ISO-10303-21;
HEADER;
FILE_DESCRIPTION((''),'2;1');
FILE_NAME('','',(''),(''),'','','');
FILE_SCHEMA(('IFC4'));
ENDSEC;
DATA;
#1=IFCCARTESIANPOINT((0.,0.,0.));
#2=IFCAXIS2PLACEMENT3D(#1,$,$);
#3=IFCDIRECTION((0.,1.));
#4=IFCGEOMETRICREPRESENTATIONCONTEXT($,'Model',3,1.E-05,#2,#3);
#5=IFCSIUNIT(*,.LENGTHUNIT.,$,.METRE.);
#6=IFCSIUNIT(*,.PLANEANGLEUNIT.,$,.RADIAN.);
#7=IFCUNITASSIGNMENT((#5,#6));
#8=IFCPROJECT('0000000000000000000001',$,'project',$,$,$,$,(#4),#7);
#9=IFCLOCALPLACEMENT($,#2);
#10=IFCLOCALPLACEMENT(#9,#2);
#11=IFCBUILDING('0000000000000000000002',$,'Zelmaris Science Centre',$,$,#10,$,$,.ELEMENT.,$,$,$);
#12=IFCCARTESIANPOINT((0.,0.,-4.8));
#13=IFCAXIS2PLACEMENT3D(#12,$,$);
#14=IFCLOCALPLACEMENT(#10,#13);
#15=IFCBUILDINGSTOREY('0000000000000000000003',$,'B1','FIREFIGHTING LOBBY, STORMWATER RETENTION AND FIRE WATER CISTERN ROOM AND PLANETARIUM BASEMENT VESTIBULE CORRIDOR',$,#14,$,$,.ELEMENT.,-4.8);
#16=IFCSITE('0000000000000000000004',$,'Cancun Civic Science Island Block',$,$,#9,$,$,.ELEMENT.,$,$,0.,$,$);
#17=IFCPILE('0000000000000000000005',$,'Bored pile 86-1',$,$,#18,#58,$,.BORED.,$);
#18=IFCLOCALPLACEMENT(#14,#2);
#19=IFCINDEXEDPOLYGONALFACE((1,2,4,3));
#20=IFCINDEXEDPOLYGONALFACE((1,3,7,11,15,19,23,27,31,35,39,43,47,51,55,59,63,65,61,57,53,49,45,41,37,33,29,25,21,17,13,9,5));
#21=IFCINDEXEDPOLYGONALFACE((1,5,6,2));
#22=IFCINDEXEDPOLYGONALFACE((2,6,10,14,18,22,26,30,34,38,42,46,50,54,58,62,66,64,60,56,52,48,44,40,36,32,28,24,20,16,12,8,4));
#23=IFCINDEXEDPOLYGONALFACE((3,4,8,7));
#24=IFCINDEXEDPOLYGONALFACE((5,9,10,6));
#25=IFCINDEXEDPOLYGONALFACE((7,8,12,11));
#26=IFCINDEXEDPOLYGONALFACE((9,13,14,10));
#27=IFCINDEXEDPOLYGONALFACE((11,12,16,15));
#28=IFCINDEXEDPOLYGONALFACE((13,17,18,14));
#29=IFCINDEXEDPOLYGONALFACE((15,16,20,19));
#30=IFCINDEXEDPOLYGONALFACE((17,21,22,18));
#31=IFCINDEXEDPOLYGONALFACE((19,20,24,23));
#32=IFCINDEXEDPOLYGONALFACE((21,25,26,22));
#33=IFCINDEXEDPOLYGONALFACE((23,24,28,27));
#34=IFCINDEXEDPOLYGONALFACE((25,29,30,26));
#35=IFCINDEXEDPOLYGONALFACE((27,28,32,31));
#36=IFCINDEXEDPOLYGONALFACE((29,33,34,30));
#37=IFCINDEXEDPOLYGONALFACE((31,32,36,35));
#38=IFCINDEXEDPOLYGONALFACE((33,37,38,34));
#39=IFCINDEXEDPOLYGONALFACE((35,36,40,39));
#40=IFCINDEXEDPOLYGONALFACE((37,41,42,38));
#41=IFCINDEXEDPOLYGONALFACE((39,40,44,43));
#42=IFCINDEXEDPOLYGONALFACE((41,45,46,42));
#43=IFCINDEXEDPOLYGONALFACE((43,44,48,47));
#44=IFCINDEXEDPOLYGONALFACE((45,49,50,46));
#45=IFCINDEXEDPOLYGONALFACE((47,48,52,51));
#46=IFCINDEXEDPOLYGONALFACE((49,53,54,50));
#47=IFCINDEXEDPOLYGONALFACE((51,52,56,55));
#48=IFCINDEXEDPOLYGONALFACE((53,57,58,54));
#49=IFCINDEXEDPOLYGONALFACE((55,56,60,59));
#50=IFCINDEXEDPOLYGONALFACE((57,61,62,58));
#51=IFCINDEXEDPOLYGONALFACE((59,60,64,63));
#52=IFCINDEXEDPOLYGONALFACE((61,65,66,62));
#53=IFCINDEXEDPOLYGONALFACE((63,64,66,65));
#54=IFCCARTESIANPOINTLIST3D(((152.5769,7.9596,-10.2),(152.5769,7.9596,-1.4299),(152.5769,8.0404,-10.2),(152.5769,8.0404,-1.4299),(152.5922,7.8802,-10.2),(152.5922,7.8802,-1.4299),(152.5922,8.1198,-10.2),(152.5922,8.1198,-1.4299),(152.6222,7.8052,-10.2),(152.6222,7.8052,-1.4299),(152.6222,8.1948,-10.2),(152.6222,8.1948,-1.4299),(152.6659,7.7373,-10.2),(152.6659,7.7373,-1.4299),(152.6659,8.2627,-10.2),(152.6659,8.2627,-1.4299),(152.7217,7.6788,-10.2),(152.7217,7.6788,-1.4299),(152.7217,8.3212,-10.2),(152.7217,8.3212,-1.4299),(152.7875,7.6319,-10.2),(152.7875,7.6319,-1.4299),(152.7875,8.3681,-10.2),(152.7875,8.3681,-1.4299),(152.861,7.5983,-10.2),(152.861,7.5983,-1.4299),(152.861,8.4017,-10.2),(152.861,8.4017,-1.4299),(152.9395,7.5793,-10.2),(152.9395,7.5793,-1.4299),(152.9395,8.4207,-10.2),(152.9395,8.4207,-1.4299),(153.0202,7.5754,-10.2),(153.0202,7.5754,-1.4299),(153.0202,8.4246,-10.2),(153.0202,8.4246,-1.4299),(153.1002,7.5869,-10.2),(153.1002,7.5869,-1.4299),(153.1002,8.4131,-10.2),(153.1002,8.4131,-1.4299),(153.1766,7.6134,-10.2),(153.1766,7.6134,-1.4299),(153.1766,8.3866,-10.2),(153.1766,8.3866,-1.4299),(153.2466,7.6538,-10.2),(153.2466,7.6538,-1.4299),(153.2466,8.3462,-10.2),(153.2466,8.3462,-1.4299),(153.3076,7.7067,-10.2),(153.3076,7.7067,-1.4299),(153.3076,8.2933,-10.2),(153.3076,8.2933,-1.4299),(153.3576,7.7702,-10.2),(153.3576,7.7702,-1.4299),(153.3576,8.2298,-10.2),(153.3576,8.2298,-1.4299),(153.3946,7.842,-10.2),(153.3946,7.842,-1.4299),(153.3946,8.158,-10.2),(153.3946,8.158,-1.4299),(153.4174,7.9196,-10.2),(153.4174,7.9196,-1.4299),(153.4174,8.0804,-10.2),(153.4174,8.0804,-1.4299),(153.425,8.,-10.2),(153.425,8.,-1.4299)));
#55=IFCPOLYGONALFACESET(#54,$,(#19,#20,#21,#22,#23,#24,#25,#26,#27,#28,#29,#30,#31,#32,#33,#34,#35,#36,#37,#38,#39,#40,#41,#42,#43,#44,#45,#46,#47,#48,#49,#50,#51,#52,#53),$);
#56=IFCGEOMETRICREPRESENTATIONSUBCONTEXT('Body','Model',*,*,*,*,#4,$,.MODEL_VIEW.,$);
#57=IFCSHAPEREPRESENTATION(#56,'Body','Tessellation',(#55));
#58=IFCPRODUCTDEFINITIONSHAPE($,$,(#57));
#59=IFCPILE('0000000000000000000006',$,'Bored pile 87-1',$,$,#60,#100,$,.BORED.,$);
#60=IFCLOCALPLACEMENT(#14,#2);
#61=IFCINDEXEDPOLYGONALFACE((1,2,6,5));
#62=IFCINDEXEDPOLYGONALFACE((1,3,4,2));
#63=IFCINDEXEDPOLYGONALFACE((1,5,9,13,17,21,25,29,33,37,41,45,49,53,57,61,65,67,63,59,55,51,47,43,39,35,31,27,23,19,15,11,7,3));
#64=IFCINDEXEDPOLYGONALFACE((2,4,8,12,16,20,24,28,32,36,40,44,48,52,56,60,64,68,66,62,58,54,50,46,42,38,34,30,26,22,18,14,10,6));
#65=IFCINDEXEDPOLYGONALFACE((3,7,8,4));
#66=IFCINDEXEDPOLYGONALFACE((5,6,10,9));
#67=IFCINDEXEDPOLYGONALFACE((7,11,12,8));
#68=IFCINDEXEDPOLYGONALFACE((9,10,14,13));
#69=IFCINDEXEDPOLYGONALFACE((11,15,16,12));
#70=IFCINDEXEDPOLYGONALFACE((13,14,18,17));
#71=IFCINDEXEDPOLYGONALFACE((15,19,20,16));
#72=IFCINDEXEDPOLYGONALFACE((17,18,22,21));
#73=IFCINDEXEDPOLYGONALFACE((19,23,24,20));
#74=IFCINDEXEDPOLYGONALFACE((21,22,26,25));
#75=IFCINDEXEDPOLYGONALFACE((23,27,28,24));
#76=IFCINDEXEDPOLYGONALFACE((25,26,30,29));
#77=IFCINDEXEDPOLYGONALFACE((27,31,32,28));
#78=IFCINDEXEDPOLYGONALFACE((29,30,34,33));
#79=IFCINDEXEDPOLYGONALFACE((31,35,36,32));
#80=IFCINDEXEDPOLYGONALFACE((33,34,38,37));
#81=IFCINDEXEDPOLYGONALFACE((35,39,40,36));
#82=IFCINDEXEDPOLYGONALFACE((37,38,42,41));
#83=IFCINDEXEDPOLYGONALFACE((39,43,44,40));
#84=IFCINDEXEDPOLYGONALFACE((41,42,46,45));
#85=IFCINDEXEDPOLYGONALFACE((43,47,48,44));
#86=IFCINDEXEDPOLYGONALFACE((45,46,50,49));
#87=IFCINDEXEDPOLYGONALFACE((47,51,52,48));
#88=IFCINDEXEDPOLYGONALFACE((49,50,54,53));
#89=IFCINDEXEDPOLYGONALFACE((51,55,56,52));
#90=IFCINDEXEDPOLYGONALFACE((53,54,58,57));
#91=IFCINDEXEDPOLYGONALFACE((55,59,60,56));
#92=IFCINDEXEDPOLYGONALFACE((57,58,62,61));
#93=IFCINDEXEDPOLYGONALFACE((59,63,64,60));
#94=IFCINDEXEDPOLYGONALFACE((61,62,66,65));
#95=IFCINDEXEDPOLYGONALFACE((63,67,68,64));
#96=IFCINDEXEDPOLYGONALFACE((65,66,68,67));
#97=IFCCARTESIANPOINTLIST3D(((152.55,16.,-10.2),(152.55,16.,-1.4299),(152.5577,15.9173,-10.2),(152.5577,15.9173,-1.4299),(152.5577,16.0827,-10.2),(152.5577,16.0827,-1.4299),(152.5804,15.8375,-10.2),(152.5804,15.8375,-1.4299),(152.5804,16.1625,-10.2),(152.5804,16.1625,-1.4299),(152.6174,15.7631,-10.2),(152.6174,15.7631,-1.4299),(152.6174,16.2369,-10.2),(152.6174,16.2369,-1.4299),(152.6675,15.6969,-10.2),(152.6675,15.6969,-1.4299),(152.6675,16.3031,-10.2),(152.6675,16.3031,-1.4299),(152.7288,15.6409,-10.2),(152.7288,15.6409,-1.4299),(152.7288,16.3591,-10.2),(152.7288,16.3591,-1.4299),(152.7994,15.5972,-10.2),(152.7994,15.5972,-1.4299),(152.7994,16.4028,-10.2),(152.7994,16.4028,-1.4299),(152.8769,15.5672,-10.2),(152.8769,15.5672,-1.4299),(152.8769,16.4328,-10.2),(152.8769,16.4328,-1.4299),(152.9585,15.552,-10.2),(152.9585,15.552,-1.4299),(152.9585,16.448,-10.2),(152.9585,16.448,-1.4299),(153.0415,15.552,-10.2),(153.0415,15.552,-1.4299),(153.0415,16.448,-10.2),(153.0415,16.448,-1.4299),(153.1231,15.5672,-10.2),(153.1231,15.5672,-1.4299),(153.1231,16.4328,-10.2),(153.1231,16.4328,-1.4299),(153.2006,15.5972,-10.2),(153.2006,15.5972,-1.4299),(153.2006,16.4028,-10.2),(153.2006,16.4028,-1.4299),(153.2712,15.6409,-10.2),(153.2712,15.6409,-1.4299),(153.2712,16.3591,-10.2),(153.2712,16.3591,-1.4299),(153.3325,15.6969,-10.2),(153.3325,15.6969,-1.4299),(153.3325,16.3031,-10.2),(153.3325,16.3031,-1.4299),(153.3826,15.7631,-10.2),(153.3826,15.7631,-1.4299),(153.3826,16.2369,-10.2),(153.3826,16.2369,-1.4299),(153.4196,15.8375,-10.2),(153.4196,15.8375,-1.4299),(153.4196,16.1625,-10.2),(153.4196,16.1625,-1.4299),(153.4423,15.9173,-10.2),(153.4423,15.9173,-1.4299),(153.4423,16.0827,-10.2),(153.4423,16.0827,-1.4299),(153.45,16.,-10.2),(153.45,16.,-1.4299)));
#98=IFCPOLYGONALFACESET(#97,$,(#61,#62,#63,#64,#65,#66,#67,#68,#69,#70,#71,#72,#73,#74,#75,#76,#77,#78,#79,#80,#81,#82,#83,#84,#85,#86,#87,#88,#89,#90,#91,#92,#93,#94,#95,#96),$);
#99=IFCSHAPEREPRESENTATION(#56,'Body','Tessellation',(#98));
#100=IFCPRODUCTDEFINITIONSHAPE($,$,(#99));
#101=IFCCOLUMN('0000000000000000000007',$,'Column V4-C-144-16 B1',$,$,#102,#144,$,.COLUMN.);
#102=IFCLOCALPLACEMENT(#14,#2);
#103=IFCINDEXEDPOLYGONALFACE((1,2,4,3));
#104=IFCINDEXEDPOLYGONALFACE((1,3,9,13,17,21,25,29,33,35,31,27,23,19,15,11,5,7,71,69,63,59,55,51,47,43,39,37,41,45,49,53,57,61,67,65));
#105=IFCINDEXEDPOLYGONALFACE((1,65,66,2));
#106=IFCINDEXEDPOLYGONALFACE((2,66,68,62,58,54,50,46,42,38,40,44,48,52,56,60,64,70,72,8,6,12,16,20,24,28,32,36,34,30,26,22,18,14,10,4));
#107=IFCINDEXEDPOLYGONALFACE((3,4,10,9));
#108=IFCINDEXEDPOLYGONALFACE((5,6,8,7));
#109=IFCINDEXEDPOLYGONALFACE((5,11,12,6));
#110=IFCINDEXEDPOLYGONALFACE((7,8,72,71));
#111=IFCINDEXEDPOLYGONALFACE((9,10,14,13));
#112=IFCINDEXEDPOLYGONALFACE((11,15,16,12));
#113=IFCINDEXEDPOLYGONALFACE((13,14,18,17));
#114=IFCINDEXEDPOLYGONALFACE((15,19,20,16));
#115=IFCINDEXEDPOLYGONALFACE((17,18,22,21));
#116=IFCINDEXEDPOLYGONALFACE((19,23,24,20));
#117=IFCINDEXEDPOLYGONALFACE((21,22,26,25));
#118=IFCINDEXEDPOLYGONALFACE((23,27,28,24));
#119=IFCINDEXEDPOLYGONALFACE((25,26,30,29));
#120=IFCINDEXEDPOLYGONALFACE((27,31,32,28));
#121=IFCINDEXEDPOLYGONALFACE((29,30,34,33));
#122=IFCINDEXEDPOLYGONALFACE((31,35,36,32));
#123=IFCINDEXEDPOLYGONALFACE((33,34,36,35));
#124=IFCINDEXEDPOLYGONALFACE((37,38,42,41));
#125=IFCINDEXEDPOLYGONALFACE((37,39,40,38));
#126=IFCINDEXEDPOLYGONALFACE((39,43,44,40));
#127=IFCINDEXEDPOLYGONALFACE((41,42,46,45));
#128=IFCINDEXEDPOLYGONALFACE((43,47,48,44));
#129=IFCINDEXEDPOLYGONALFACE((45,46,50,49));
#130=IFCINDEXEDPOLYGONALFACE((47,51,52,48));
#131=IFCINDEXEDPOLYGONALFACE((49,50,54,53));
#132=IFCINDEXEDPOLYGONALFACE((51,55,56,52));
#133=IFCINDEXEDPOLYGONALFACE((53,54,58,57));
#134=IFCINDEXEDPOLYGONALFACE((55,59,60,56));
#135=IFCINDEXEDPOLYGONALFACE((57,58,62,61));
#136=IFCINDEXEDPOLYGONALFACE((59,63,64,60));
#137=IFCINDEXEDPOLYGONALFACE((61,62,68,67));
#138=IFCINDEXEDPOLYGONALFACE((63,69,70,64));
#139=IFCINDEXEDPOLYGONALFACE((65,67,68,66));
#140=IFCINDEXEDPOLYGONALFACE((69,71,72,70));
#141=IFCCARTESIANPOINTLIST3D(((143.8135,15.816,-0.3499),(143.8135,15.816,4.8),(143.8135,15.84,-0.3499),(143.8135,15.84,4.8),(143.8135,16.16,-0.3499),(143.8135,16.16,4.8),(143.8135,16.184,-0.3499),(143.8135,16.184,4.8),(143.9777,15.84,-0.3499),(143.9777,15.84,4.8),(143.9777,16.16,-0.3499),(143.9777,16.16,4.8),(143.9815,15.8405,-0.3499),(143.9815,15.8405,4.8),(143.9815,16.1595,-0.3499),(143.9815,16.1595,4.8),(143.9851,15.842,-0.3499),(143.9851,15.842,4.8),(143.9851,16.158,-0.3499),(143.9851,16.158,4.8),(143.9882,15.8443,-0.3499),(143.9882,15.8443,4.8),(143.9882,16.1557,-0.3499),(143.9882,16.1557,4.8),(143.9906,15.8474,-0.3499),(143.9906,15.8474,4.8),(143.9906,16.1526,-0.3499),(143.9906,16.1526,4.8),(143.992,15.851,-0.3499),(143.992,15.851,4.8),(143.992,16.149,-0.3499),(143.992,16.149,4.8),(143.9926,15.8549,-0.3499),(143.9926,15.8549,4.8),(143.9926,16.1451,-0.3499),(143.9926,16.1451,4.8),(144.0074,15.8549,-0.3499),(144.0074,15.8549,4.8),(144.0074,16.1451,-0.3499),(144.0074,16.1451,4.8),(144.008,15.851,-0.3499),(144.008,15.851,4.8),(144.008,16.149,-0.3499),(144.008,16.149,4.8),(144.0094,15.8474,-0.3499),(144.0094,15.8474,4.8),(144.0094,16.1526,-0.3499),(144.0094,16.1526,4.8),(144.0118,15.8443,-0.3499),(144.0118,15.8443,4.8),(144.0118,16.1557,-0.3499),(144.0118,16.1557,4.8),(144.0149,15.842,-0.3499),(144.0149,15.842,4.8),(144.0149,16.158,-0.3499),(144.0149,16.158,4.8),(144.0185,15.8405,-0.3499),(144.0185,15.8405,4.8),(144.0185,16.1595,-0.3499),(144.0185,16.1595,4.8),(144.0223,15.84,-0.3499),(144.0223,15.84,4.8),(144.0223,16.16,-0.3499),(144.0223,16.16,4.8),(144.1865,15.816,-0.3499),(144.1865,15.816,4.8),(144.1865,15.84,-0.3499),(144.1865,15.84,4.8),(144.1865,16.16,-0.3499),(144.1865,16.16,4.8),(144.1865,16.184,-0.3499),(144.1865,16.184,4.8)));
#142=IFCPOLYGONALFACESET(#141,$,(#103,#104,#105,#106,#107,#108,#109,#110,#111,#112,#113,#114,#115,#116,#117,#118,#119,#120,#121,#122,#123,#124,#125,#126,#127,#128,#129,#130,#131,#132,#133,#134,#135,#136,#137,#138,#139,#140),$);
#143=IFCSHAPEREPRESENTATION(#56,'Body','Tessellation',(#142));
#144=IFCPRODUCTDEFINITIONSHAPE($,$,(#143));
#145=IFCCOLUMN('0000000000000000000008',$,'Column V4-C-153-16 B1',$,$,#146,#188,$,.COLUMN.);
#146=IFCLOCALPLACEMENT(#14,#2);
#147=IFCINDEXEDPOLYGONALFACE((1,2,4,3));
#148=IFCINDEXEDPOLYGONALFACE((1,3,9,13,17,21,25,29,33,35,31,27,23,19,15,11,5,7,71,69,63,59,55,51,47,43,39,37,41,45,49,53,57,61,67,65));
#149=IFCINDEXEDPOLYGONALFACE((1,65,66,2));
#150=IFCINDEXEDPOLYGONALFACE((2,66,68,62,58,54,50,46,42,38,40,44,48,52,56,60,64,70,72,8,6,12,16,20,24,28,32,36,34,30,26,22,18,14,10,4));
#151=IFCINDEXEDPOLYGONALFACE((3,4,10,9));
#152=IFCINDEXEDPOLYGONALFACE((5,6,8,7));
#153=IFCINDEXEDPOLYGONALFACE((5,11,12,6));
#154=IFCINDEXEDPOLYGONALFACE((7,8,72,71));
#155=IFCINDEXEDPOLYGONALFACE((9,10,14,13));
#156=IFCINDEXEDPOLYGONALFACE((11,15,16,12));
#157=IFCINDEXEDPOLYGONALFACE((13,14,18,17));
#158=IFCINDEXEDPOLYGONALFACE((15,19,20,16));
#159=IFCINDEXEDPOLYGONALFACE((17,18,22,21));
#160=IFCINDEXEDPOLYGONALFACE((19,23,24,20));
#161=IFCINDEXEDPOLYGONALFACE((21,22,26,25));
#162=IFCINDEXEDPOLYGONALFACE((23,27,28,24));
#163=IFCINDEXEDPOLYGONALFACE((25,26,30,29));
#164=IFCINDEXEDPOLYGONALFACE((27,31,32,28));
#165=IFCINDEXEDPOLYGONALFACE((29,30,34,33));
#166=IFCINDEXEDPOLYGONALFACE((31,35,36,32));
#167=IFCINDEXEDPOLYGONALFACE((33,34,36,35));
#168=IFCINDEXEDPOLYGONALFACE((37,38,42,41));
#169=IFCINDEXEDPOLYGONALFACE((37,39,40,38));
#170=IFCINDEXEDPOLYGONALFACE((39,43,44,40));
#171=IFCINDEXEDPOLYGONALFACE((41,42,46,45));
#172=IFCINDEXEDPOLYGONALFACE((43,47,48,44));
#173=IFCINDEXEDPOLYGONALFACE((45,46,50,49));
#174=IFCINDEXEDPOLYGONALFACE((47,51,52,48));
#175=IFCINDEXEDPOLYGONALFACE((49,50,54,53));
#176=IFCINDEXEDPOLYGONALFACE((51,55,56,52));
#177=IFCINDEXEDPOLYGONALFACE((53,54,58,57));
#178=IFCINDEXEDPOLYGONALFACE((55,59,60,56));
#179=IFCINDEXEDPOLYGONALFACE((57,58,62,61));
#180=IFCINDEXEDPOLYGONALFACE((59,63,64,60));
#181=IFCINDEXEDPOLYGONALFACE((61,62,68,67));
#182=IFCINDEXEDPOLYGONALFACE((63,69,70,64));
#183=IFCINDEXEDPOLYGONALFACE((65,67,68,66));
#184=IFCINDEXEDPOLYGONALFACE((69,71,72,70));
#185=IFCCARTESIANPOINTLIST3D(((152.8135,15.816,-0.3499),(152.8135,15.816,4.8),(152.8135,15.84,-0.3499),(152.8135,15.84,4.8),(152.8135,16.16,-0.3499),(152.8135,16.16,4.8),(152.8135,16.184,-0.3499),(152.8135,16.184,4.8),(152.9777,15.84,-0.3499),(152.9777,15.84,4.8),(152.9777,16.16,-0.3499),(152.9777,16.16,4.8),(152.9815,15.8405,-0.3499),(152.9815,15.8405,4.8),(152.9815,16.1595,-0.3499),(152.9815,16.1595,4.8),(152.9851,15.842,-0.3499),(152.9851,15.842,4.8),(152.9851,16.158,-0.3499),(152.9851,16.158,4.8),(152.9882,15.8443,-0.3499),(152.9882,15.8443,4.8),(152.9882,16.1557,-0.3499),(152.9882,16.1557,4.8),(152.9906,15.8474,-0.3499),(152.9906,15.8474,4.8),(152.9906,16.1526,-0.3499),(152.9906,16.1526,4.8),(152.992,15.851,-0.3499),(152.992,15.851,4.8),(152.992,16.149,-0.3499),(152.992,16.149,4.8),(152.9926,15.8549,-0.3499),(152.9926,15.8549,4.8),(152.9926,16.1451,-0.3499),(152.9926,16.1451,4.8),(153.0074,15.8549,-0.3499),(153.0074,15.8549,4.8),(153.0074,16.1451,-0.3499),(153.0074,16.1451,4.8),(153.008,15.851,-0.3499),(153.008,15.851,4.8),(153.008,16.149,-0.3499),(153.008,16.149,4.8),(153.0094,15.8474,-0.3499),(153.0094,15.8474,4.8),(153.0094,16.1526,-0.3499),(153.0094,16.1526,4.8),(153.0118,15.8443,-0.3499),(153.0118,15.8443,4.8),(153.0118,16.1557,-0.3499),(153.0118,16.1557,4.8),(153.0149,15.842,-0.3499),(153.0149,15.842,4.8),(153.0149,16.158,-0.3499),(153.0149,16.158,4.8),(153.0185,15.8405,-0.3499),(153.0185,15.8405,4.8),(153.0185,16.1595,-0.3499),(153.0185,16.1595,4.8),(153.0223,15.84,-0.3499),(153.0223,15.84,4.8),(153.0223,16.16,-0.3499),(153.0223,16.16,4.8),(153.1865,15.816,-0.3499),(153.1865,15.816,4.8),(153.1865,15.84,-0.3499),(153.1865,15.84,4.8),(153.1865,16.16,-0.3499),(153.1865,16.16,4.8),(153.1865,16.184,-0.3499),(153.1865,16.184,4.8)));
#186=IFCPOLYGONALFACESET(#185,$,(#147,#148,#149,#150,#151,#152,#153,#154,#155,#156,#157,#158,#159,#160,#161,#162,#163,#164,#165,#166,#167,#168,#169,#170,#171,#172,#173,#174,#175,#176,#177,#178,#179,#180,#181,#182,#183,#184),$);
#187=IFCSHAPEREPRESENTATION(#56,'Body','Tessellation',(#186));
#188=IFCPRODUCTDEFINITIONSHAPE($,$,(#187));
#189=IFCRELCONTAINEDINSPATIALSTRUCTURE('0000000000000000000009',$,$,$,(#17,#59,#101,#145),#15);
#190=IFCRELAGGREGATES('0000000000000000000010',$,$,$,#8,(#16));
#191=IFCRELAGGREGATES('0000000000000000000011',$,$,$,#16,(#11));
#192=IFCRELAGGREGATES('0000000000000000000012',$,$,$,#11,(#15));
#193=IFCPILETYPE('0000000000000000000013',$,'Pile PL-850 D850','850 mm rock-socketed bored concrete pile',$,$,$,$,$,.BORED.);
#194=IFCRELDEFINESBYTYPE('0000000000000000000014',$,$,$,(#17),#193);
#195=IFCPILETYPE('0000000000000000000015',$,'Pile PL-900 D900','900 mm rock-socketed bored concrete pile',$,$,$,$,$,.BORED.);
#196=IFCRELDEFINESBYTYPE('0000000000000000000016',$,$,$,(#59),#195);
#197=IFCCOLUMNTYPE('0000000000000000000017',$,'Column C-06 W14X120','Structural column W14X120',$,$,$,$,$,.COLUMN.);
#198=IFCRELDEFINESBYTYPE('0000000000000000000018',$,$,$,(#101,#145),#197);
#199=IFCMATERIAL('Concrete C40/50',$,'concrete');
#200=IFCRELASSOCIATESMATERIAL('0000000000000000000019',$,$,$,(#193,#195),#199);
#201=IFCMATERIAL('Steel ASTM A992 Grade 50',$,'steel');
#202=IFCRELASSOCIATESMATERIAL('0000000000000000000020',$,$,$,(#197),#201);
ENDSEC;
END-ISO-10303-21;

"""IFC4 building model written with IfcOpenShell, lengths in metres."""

from ifc_helpers import new_model, si_unit, direction, frame, origin, origin_2d, place, context, subcontext, project, spatial, circle, i_section, extrude, material, material_profile, profile_set, type_object, element, save


model = new_model("IFC4")

# Units and contexts
model_context = context("Model", 3, precision=1e-05, world=origin(), true_north=direction((0.0, 1.0)))
body_context = subcontext(model_context, "Body", "Model", "MODEL_VIEW")
ifc_project = project(units=[si_unit("LENGTHUNIT", "METRE"), si_unit("PLANEANGLEUNIT", "RADIAN")], contexts=[model_context])

# Site, building, storey
site_placement = place(None, origin())
site = spatial("IfcSite", under=ifc_project, at=site_placement, Name="Cancun Civic Science Island Block", CompositionType="ELEMENT", RefElevation=0.0)
building_placement = place(site_placement, origin())
building = spatial("IfcBuilding", under=site, at=building_placement, Name="Zelmaris Science Centre", CompositionType="ELEMENT")
storey_placement = place(building_placement, frame((0.0, 0.0, -4.8)))
storey = spatial("IfcBuildingStorey", under=building, at=storey_placement, Name="B1", Description="FIREFIGHTING LOBBY, STORMWATER RETENTION AND FIRE WATER CISTERN ROOM AND PLANETARIUM BASEMENT VESTIBULE CORRIDOR", CompositionType="ELEMENT", Elevation=-4.8)

# Shared definitions
ifc_material_1 = material(Name="Concrete C40/50", Category="concrete")

# Piles
ifc_material_profile_1 = material_profile(ifc_material_1, circle(Radius=0.425, at=origin_2d()), Name="PILE-850")
ifc_profile_set_1 = profile_set([ifc_material_profile_1], Name="Concrete C40/50")
pile_type_1 = type_object("IfcPileType", Name="Pile PL-850 D850", Description="850 mm rock-socketed bored concrete pile", PredefinedType="BORED", material=ifc_profile_set_1)
pile_1_placement = place(storey_placement, frame((153.0, 8.0, -1.4299), z_axis=(0.0, 0.0, -1.0), x_axis=(1.0, 0.0, 0.0)))
element("IfcPile", 1, at=pile_1_placement, inside=storey, type_object=pile_type_1, Name="Bored pile 86-1", PredefinedType="BORED", context=body_context, shape_type="SweptSolid", body=[
    extrude(circle(Radius=0.425, at=origin_2d()), origin(), (0.0, 0.0, 1.0), 8.77),
])
ifc_material_profile_2 = material_profile(ifc_material_1, circle(Radius=0.45, at=origin_2d()), Name="PILE-900")
ifc_profile_set_2 = profile_set([ifc_material_profile_2], Name="Concrete C40/50")
pile_type_2 = type_object("IfcPileType", Name="Pile PL-900 D900", Description="900 mm rock-socketed bored concrete pile", PredefinedType="BORED", material=ifc_profile_set_2)
pile_2_placement = place(storey_placement, frame((153.0, 16.0, -1.4299), z_axis=(0.0, 0.0, -1.0), x_axis=(1.0, 0.0, 0.0)))
element("IfcPile", 2, at=pile_2_placement, inside=storey, type_object=pile_type_2, Name="Bored pile 87-1", PredefinedType="BORED", context=body_context, shape_type="SweptSolid", body=[
    extrude(circle(Radius=0.45, at=origin_2d()), origin(), (0.0, 0.0, 1.0), 8.77),
])

# Columns
ifc_material_2 = material(Name="Steel ASTM A992 Grade 50", Category="steel")
ifc_material_profile_3 = material_profile(ifc_material_2, i_section(OverallWidth=0.373, OverallDepth=0.3679, WebThickness=0.0149, FlangeThickness=0.0239, FilletRadius=0.0149, at=origin_2d()), Name="W14X120")
ifc_profile_set_3 = profile_set([ifc_material_profile_3], Name="Steel ASTM A992 Grade 50")
column_type_1 = type_object("IfcColumnType", Name="Column C-06 W14X120", Description="Structural column W14X120", PredefinedType="COLUMN", material=ifc_profile_set_3)
for number, where, z_axis, x_axis, name in (
    (3, (144.0, 16.0, -0.3499), (0.0, 0.0, 1.0), (1.0, 0.0, 0.0), "Column V4-C-144-16 B1"),
    (4, (153.0, 16.0, -0.3499), (0.0, 0.0, 1.0), (1.0, 0.0, 0.0), "Column V4-C-153-16 B1"),
):
    element("IfcColumn", number, at=place(storey_placement, frame(where, z_axis=z_axis, x_axis=x_axis)), inside=storey, type_object=column_type_1, Name=name, PredefinedType="COLUMN", context=body_context, shape_type="SweptSolid", body=[
        extrude(i_section(OverallWidth=0.373, OverallDepth=0.3679, WebThickness=0.0149, FlangeThickness=0.0239, FilletRadius=0.0149, at=origin_2d()), origin(), (0.0, 0.0, 1.0), 5.1499),
    ])

save(model, "model.ifc")
